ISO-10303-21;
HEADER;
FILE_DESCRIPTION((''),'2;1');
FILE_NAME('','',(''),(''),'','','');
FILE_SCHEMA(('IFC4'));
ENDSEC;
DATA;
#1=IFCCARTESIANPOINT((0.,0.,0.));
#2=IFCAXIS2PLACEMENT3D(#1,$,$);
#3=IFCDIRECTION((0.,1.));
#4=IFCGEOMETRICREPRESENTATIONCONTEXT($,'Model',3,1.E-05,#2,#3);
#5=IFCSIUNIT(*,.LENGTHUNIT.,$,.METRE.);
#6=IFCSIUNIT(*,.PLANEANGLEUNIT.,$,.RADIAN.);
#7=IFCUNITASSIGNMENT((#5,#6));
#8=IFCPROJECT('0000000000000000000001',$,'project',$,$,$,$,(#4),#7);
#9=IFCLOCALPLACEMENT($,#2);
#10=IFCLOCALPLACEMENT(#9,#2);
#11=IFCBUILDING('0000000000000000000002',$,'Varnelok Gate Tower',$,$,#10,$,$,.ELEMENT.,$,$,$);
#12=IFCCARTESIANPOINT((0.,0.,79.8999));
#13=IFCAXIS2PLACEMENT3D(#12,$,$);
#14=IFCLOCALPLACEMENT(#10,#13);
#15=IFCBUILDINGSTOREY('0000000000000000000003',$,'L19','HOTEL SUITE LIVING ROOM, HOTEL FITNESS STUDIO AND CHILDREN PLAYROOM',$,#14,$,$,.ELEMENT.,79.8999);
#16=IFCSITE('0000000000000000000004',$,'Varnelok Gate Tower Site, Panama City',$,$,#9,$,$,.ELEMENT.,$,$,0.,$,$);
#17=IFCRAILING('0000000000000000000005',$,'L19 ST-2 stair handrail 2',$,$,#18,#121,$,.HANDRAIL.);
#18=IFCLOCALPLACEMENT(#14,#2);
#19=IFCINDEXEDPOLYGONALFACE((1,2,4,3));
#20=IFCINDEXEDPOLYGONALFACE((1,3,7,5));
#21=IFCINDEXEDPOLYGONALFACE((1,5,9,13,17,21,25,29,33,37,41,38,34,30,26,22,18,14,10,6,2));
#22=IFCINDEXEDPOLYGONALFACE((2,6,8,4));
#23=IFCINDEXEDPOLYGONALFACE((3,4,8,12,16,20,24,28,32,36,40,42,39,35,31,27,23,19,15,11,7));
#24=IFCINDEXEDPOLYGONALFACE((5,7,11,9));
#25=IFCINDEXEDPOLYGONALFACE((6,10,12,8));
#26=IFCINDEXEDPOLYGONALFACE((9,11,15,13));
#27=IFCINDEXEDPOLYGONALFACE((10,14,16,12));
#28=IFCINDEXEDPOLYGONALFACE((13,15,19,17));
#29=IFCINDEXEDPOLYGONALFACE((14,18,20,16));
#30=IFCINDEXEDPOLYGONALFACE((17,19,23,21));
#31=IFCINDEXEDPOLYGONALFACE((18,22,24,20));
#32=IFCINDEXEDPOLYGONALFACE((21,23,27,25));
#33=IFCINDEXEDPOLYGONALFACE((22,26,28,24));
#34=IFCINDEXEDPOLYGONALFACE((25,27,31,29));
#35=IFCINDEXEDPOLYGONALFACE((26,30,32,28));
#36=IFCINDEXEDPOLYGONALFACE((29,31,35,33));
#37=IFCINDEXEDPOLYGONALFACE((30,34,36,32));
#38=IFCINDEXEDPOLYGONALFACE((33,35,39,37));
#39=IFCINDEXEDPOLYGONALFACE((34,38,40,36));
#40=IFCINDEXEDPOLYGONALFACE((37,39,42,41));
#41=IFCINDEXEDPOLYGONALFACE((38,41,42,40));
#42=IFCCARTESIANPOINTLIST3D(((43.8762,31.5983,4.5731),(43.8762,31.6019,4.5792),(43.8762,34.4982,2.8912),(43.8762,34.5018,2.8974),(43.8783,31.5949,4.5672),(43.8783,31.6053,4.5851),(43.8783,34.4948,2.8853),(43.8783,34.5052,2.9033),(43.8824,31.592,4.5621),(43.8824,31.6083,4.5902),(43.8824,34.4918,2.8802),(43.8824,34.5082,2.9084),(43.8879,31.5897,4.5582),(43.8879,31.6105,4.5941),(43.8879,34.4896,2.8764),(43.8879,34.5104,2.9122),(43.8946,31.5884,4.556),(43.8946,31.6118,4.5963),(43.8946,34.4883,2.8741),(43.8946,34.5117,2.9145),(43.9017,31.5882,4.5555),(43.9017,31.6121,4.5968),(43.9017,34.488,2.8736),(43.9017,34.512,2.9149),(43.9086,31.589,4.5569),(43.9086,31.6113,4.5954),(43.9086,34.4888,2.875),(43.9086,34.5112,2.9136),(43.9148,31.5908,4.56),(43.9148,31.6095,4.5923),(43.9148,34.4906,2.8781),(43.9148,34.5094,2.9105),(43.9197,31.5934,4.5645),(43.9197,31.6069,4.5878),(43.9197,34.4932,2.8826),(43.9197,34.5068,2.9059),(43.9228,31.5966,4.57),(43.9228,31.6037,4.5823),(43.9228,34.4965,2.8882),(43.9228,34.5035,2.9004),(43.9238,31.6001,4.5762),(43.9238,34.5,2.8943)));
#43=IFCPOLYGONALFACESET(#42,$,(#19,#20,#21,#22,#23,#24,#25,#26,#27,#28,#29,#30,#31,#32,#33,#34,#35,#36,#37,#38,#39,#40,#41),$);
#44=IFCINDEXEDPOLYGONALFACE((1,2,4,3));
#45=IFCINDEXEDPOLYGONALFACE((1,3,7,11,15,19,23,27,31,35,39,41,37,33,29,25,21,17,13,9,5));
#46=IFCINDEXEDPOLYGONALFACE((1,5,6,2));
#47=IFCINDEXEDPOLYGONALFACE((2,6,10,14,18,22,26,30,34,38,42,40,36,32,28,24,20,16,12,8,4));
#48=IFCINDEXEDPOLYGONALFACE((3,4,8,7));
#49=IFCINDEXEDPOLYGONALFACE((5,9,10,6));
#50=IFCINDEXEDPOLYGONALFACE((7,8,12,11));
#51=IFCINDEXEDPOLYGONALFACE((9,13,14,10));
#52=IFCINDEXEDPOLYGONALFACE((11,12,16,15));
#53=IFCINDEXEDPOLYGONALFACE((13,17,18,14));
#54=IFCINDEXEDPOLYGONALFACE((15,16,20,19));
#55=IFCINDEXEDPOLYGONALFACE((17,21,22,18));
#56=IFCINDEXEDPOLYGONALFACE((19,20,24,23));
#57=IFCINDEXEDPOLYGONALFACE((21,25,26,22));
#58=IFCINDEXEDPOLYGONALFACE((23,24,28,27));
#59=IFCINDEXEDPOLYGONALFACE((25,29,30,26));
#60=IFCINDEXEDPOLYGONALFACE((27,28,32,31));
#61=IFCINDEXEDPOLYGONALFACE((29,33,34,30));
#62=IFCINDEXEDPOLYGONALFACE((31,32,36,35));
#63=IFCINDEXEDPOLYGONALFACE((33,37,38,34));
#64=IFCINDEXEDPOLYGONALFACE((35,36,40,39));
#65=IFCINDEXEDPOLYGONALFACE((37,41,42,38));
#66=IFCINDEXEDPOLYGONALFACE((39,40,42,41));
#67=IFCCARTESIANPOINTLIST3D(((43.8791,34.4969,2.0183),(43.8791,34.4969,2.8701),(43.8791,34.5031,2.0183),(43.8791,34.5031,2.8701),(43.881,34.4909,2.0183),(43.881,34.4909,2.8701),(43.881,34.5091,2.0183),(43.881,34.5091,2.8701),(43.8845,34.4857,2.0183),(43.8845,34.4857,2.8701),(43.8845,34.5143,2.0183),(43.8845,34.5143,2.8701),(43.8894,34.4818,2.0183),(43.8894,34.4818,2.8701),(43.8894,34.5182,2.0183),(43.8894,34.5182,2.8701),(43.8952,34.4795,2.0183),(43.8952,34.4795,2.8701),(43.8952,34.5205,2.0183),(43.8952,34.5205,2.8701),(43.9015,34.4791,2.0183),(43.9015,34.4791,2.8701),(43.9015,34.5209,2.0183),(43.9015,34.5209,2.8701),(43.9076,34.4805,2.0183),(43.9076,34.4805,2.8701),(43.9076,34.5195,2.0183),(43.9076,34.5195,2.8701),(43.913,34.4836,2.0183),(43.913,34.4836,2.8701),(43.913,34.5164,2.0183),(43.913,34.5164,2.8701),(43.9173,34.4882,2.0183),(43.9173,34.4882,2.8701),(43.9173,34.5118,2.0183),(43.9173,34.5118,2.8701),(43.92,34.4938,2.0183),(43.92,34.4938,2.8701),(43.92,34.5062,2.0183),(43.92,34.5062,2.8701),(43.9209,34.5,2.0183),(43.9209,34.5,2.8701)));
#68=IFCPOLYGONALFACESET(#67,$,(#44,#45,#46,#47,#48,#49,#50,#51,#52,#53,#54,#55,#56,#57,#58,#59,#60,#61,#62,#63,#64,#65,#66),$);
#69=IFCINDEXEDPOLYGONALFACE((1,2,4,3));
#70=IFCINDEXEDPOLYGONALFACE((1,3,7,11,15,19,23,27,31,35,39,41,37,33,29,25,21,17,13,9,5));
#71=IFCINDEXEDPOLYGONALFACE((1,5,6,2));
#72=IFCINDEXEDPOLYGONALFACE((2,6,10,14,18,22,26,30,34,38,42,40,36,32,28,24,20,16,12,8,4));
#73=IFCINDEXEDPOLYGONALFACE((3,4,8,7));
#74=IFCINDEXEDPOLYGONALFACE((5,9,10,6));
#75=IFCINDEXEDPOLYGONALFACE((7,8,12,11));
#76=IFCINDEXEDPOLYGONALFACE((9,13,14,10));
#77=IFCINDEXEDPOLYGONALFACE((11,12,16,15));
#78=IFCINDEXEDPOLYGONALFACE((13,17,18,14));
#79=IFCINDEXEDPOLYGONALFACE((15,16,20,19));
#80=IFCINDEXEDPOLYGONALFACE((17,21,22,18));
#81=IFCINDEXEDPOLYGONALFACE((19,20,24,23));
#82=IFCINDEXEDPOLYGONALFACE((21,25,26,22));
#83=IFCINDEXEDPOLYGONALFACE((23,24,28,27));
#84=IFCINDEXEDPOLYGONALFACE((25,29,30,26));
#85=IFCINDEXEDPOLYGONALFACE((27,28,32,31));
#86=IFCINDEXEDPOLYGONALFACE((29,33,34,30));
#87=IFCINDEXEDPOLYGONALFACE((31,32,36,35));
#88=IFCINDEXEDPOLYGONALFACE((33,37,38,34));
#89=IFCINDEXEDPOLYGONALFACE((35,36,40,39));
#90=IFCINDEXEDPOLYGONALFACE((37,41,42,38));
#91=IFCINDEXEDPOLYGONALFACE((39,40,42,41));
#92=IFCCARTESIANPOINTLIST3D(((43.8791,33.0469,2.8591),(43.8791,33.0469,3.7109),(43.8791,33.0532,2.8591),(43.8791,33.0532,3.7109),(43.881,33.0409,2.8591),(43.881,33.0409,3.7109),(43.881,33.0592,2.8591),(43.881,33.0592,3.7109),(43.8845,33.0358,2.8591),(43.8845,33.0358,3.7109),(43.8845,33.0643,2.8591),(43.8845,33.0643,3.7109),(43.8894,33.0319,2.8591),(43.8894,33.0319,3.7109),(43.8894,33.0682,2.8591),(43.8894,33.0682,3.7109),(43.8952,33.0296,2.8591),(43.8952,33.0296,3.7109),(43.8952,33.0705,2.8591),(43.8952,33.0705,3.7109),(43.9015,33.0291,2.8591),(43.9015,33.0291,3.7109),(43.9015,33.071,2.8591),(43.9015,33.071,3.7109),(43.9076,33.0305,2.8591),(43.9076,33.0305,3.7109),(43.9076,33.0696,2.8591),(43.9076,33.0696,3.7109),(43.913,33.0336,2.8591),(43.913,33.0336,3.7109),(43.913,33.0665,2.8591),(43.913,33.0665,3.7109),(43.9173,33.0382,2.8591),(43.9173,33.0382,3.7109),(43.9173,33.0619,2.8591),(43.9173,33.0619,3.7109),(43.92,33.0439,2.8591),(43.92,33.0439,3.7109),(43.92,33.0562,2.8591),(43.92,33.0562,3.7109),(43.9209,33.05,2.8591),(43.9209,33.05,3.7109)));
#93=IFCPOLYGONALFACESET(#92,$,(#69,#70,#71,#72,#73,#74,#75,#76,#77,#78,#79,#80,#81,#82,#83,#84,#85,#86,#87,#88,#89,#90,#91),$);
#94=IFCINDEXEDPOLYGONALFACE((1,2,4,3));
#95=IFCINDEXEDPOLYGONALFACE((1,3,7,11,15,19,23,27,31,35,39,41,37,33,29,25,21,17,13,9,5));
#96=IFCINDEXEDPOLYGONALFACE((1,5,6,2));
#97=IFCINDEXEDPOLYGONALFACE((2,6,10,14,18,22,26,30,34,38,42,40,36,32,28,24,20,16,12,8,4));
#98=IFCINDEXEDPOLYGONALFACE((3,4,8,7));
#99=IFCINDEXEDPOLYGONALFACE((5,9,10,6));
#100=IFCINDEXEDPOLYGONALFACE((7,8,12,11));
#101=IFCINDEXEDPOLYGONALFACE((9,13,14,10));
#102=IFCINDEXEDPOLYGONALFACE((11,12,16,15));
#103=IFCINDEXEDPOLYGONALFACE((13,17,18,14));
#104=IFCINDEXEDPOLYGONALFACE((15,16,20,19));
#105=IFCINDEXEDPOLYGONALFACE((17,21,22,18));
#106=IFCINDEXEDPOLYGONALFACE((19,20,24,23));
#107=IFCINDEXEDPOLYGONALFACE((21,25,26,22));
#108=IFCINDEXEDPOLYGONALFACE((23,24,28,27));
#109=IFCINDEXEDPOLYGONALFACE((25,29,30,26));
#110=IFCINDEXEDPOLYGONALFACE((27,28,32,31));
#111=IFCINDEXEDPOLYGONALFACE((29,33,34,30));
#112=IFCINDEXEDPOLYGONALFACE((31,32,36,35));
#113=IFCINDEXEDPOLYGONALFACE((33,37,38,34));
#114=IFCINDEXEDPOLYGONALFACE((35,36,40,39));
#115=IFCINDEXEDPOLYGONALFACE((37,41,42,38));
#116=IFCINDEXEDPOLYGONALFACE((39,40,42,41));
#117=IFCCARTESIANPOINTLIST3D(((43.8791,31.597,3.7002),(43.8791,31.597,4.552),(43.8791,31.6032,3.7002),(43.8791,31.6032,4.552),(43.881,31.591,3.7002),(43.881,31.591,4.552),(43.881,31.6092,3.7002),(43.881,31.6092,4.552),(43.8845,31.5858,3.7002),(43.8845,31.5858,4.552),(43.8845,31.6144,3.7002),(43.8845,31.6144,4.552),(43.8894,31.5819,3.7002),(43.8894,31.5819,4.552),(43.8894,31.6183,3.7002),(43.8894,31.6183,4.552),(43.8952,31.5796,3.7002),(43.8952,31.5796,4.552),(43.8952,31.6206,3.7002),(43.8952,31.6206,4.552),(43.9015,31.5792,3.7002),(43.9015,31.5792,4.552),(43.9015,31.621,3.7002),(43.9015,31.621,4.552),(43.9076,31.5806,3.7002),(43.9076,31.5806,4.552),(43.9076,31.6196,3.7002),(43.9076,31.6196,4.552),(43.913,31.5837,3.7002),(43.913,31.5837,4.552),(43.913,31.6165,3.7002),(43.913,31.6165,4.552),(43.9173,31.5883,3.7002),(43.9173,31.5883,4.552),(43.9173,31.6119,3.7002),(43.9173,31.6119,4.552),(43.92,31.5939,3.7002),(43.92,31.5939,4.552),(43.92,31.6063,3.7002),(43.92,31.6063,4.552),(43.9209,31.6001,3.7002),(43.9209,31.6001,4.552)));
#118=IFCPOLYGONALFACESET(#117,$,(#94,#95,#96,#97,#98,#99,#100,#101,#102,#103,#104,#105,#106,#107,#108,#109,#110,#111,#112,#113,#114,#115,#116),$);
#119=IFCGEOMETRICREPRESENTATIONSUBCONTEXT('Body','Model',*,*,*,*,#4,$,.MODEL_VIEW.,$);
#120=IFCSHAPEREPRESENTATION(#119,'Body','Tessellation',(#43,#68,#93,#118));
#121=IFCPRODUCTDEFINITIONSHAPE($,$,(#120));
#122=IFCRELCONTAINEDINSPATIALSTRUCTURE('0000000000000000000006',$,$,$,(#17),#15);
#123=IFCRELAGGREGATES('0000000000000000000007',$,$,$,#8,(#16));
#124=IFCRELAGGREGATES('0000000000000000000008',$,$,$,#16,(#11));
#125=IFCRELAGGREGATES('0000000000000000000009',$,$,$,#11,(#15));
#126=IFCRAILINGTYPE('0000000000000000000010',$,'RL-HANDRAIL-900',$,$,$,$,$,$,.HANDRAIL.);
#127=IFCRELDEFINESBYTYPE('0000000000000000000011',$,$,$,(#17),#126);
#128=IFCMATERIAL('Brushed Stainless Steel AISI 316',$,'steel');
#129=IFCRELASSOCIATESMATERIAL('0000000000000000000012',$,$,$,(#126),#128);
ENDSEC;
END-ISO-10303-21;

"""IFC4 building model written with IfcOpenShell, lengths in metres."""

from ifc_helpers import new_model, si_unit, direction, frame, origin, origin_2d, place, context, subcontext, project, spatial, circle, extrude, material, type_object, element, save


model = new_model("IFC4")

# Units and contexts
model_context = context("Model", 3, precision=1e-05, world=origin(), true_north=direction((0.0, 1.0)))
body_context = subcontext(model_context, "Body", "Model", "MODEL_VIEW")
ifc_project = project(units=[si_unit("LENGTHUNIT", "METRE"), si_unit("PLANEANGLEUNIT", "RADIAN")], contexts=[model_context])

# Site, building, storey
site_placement = place(None, origin())
site = spatial("IfcSite", under=ifc_project, at=site_placement, Name="Varnelok Gate Tower Site, Panama City", CompositionType="ELEMENT", RefElevation=0.0)
building_placement = place(site_placement, origin())
building = spatial("IfcBuilding", under=site, at=building_placement, Name="Varnelok Gate Tower", CompositionType="ELEMENT")
storey_placement = place(building_placement, frame((0.0, 0.0, 79.8999)))
storey = spatial("IfcBuildingStorey", under=building, at=storey_placement, Name="L19", Description="HOTEL SUITE LIVING ROOM, HOTEL FITNESS STUDIO AND CHILDREN PLAYROOM", CompositionType="ELEMENT", Elevation=79.8999)

# Railing
ifc_material_1 = material(Name="Brushed Stainless Steel AISI 316", Category="steel")
railing_type_1 = type_object("IfcRailingType", Name="RL-HANDRAIL-900", PredefinedType="HANDRAIL", material=ifc_material_1)
railing_1_placement = place(storey_placement, frame((43.8999, 34.5, 2.0183)))
element("IfcRailing", 1, at=railing_1_placement, inside=storey, type_object=railing_type_1, Name="L19 ST-2 stair handrail 2", PredefinedType="HANDRAIL", context=body_context, shape_type="SweptSolid", body=[
    extrude(circle(Radius=0.0239, at=origin_2d()), frame((0.0, 0.0, 0.876), z_axis=(0.0, -0.865039, 0.501705), x_axis=(1.0, 0.0, 0.0)), (0.0, 0.0, 1.0), 3.3523),
    extrude(circle(Radius=0.021, at=origin_2d()), origin(), (0.0, 0.0, 1.0), 0.8518),
    extrude(circle(Radius=0.021, at=origin_2d()), frame((0.0, -1.45, 0.8408)), (0.0, 0.0, 1.0), 0.8518),
    extrude(circle(Radius=0.021, at=origin_2d()), frame((0.0, -2.8999, 1.6819)), (0.0, 0.0, 1.0), 0.8518),
])

save(model, "model.ifc")
